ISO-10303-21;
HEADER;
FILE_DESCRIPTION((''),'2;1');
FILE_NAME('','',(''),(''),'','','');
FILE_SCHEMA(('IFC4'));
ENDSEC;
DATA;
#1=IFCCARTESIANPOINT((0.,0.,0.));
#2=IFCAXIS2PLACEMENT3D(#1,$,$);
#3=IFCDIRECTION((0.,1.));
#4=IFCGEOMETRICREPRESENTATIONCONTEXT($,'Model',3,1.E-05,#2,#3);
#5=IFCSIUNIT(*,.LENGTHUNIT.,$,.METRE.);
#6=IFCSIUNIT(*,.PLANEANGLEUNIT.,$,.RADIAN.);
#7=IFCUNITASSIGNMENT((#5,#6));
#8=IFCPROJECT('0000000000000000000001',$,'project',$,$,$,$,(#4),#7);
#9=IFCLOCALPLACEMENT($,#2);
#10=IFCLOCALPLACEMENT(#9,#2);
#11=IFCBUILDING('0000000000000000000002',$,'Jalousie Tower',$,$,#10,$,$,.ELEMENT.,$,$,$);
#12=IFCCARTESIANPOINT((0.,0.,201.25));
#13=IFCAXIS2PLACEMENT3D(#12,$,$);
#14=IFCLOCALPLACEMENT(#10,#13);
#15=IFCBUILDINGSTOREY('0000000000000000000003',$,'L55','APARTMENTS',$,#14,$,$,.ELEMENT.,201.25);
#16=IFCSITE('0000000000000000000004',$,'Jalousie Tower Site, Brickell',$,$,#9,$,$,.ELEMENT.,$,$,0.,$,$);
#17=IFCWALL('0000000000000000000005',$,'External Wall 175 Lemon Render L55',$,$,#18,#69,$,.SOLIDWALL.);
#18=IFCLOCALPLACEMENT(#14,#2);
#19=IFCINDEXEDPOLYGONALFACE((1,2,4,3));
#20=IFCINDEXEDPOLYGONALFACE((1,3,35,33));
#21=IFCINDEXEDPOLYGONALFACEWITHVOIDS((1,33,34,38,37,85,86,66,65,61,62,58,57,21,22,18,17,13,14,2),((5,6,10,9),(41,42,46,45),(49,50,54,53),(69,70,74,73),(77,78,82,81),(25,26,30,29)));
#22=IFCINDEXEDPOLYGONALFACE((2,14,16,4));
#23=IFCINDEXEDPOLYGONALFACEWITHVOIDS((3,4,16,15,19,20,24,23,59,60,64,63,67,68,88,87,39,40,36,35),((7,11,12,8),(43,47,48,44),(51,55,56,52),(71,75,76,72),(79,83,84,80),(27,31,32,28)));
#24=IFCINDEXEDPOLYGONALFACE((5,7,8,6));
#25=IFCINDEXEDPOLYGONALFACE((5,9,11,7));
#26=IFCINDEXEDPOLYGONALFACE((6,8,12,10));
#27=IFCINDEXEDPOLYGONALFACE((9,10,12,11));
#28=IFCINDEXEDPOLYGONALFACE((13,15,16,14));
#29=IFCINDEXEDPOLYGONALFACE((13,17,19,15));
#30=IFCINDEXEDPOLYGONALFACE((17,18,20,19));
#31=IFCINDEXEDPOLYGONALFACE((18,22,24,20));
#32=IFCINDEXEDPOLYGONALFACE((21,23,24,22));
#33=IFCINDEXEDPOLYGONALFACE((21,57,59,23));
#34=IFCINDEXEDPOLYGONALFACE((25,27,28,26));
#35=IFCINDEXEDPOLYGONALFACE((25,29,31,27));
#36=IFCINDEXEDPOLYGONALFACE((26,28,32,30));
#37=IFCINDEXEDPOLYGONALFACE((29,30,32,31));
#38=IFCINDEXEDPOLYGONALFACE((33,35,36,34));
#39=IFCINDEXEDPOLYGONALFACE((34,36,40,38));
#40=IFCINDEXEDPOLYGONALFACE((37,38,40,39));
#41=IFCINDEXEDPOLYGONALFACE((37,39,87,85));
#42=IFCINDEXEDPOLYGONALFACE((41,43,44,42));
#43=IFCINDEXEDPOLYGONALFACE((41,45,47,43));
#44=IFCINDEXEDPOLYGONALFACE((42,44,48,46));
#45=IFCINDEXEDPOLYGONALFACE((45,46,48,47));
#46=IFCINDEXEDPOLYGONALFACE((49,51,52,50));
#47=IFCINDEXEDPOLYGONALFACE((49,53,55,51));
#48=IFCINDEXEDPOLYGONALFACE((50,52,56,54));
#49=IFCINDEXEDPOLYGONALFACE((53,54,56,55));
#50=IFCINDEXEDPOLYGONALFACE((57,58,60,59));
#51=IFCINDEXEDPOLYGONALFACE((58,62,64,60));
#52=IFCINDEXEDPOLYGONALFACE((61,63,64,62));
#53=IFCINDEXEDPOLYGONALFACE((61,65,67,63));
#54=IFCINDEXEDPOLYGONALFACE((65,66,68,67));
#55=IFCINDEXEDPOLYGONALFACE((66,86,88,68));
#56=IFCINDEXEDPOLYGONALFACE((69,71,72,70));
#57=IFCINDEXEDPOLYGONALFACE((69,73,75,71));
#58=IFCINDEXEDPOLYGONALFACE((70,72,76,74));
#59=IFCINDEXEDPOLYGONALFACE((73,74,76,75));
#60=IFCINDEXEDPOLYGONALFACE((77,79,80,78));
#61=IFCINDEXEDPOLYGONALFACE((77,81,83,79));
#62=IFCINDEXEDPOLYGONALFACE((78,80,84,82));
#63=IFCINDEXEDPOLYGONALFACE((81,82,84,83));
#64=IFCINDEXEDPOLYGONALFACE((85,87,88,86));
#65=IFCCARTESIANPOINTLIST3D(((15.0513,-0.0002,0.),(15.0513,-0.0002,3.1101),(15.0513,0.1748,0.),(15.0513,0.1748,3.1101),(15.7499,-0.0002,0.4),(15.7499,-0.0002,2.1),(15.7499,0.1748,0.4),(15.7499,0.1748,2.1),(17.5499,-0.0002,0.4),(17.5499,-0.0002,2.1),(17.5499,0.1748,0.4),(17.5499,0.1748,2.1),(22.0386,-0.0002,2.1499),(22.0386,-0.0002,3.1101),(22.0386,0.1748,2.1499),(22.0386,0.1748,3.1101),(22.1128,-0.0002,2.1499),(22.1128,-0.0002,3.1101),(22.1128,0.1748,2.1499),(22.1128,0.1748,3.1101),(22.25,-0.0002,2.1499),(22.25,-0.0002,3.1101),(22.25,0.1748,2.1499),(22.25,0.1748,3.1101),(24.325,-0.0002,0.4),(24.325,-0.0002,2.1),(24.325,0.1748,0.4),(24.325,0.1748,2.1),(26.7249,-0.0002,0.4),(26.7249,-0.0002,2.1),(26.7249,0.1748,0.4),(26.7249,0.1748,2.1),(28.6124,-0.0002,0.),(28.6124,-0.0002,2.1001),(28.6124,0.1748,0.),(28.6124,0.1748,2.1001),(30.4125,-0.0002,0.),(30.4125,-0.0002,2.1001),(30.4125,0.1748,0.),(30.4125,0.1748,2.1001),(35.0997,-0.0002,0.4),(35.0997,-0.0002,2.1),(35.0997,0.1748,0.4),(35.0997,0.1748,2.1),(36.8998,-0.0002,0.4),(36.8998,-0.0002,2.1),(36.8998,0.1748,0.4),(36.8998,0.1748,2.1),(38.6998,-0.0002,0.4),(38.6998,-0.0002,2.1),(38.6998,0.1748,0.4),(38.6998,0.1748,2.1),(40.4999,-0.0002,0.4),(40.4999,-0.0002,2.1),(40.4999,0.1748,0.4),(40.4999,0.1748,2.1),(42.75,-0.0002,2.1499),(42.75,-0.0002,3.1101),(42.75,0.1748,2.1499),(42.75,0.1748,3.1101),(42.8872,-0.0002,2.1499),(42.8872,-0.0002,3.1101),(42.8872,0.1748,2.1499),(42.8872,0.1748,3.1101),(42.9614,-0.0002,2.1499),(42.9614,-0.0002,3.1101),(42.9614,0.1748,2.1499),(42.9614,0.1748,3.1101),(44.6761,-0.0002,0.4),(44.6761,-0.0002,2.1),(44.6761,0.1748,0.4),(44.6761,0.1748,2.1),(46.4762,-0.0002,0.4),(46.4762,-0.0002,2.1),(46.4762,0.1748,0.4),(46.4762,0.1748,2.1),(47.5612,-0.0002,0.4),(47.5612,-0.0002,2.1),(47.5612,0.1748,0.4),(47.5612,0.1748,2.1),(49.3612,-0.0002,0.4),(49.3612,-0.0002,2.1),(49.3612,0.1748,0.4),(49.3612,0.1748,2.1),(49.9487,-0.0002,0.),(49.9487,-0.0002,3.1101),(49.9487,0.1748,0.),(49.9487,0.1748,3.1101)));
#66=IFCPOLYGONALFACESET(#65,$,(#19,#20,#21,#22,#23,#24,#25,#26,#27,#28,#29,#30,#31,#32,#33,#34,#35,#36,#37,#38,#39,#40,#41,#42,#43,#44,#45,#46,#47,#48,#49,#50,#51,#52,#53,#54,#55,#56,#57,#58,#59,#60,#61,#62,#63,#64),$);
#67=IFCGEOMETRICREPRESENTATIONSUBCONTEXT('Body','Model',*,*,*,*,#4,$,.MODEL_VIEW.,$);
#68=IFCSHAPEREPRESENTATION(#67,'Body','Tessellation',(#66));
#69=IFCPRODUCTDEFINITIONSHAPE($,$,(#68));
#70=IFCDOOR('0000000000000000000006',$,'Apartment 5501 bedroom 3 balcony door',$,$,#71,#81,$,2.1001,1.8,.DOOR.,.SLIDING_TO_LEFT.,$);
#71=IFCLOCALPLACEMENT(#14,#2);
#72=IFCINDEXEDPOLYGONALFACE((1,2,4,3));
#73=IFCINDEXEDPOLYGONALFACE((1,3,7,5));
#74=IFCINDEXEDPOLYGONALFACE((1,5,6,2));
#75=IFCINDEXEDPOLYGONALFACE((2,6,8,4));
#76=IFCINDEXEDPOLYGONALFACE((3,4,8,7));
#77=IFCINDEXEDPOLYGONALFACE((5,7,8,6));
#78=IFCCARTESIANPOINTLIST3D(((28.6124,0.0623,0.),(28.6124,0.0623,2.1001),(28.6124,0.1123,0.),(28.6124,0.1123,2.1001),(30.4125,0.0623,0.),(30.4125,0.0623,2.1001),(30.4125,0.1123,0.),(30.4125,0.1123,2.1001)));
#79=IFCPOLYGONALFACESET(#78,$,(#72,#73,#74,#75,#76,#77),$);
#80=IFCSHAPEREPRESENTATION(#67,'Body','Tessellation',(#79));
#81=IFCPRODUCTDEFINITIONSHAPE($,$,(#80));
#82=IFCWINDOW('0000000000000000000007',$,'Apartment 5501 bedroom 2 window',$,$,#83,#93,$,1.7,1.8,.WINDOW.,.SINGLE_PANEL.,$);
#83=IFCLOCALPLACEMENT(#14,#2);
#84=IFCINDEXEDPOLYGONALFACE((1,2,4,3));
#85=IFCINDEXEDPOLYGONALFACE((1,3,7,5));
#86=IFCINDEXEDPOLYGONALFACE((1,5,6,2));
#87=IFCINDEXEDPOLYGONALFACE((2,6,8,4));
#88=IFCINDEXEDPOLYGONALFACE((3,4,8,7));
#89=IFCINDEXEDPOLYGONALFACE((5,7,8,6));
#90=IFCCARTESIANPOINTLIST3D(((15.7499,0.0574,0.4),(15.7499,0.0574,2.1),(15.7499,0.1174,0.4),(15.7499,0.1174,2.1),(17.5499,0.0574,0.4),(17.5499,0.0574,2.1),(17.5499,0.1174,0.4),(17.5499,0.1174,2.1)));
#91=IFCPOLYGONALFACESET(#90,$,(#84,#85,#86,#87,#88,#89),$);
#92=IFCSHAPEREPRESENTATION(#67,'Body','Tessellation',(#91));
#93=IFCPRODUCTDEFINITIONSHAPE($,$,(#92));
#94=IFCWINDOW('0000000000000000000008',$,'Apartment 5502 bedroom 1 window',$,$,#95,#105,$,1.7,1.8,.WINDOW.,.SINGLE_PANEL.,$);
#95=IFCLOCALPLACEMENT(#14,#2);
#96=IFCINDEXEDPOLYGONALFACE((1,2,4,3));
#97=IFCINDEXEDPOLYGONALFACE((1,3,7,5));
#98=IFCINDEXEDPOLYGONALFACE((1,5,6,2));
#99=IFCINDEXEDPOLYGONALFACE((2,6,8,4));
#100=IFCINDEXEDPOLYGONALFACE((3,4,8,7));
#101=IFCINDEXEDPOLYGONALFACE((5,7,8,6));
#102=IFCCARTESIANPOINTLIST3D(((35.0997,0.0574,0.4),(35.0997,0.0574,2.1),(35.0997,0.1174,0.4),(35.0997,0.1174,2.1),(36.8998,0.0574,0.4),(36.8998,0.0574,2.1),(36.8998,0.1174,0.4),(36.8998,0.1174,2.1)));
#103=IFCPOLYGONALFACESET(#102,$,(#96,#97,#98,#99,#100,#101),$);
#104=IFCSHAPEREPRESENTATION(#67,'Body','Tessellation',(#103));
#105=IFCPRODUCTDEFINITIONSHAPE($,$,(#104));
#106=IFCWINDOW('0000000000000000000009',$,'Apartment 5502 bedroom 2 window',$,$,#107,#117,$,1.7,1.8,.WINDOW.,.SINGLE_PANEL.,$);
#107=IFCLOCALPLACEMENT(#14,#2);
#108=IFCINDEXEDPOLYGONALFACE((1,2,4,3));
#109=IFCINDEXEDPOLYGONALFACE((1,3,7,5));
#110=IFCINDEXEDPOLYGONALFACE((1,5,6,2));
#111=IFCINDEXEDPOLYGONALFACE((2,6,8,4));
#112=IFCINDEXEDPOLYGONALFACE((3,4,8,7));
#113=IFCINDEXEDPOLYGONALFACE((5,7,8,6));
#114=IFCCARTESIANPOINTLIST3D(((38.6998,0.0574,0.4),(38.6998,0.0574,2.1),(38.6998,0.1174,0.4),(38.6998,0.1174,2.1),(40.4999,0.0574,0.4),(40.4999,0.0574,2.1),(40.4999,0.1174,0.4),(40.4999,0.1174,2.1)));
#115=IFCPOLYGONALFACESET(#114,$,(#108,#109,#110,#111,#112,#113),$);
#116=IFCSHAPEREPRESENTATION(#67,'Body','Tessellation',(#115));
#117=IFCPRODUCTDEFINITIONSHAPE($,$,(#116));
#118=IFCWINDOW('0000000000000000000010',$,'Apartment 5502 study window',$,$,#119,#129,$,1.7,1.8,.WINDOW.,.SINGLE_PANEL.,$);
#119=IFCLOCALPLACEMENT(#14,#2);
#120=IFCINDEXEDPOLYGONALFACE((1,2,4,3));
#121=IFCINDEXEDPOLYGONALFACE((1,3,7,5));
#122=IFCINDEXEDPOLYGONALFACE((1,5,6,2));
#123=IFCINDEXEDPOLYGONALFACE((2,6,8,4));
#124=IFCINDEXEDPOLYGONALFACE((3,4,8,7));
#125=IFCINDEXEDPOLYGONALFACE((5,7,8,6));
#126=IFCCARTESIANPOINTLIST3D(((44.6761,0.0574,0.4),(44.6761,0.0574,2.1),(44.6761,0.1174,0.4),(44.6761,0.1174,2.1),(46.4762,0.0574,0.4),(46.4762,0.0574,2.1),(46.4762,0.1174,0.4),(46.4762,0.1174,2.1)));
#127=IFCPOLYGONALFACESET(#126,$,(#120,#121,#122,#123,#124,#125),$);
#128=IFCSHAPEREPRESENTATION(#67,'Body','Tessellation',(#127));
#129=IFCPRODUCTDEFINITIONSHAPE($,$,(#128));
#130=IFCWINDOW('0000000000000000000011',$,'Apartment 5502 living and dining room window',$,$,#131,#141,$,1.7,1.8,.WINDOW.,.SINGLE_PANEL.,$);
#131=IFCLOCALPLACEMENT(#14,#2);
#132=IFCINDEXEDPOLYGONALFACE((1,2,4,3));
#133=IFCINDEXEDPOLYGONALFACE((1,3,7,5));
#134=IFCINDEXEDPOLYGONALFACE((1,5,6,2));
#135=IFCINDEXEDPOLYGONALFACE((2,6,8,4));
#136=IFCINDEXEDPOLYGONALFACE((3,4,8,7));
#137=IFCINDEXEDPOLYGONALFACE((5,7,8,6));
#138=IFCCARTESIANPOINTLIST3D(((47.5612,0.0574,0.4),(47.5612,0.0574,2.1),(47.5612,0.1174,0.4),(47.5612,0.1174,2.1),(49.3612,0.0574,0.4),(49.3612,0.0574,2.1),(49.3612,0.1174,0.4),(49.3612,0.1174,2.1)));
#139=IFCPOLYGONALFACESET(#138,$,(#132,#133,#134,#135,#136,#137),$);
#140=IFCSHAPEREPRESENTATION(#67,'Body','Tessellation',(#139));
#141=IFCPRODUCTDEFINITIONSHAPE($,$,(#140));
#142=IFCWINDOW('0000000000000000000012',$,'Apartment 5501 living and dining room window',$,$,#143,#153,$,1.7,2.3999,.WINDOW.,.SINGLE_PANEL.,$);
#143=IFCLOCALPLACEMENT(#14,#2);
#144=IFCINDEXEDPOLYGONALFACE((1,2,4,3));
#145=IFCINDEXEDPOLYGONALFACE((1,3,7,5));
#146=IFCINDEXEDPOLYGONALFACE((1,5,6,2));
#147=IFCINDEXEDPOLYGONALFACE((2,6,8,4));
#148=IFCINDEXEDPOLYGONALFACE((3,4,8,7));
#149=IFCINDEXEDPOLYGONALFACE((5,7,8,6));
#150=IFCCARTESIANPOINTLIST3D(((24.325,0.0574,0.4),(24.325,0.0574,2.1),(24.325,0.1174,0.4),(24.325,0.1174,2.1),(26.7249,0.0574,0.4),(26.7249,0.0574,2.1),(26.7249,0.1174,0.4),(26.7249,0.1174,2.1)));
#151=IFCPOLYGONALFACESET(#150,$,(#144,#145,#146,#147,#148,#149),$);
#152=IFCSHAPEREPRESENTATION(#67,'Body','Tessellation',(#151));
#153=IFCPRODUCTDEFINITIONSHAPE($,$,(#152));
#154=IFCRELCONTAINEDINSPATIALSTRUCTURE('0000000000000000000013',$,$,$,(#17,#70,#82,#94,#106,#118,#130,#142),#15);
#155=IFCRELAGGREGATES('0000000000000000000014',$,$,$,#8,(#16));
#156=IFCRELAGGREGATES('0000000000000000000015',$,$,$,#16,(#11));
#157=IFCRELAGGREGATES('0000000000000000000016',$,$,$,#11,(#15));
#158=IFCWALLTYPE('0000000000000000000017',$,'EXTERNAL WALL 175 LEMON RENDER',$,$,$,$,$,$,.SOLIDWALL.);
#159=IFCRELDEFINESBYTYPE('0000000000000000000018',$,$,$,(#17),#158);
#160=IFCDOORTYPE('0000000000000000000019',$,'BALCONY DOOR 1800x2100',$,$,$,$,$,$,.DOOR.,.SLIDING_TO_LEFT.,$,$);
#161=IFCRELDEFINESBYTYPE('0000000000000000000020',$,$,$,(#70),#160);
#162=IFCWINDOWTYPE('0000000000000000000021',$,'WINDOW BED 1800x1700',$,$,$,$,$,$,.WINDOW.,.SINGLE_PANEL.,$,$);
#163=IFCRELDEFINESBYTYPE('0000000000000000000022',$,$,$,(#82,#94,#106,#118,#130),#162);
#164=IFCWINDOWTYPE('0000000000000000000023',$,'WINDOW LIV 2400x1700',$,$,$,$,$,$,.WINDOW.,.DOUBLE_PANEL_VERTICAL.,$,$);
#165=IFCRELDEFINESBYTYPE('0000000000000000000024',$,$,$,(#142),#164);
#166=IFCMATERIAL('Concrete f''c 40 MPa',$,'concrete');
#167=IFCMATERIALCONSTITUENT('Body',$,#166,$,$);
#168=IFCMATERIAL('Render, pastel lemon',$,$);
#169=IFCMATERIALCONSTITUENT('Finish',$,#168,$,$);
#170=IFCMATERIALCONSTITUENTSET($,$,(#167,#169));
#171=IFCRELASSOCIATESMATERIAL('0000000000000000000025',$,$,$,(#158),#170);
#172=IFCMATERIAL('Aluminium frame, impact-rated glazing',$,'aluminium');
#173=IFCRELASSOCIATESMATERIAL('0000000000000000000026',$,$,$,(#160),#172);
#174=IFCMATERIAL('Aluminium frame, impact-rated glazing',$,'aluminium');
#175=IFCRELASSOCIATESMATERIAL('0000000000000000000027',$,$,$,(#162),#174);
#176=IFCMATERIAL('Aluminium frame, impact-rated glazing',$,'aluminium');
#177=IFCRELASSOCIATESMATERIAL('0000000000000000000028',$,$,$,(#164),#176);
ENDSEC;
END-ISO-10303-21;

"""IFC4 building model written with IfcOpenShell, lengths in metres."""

from ifc_helpers import new_model, si_unit, direction, frame, frame_2d, origin, place, context, subcontext, project, spatial, polyline, rectangle, outline, extrude, material, constituent, constituent_set, type_object, element, fill, save


model = new_model("IFC4")

# Units and contexts
model_context = context("Model", 3, precision=1e-05, world=origin(), true_north=direction((0.0, 1.0)))
body_context = subcontext(model_context, "Body", "Model", "MODEL_VIEW")
ifc_project = project(units=[si_unit("LENGTHUNIT", "METRE"), si_unit("PLANEANGLEUNIT", "RADIAN")], contexts=[model_context])

# Site, building, storey
site_placement = place(None, origin())
site = spatial("IfcSite", under=ifc_project, at=site_placement, Name="Jalousie Tower Site, Brickell", CompositionType="ELEMENT", RefElevation=0.0)
building_placement = place(site_placement, origin())
building = spatial("IfcBuilding", under=site, at=building_placement, Name="Jalousie Tower", CompositionType="ELEMENT")
storey_placement = place(building_placement, frame((0.0, 0.0, 201.25)))
storey = spatial("IfcBuildingStorey", under=building, at=storey_placement, Name="L55", Description="APARTMENTS", CompositionType="ELEMENT", Elevation=201.25)

# Wall, openings, door, windows
ifc_material_1 = material(Name="Concrete f'c 40 MPa", Category="concrete")
ifc_constituent_1 = constituent(ifc_material_1, Name="Body")
ifc_material_2 = material(Name="Render, pastel lemon")
ifc_constituent_2 = constituent(ifc_material_2, Name="Finish")
ifc_constituent_set_1 = constituent_set(constituents=[ifc_constituent_1, ifc_constituent_2])
wall_type_1 = type_object("IfcWallType", Name="EXTERNAL WALL 175 LEMON RENDER", PredefinedType="SOLIDWALL", material=ifc_constituent_set_1)
wall_1_placement = place(storey_placement, frame((15.0513, 0.0874, 0.0), z_axis=(0.0, 0.0, 1.0), x_axis=(1.0, 0.0, 0.0)))
wall_1 = element("IfcWall", 1, at=wall_1_placement, inside=storey, type_object=wall_type_1, Name="External Wall 175 Lemon Render L55", PredefinedType="SOLIDWALL", context=body_context, shape_type="SweptSolid", body=[
    extrude(outline(polyline([(0.0, 0.0), (34.8975, 0.0), (34.8975, 3.1101), (27.9102, 3.1101), (27.9102, 2.1499), (27.8359, 2.1499), (27.8359, 3.1101), (27.6987, 3.1101), (27.6987, 2.1499), (7.1987, 2.1499), (7.1987, 3.1101), (7.0615, 3.1101), (7.0615, 2.1499), (6.9873, 2.1499), (6.9873, 3.1101), (0.0, 3.1101), (0.0, 0.0)])), frame((0.0, 0.0874, 0.0), z_axis=(0.0, -1.0, 0.0), x_axis=(1.0, 0.0, 0.0)), (0.0, 0.0, 1.0), 0.175),
])
opening_1_placement = place(wall_1_placement, frame((0.6987, 0.0, 0.3999)))
opening_1 = element("IfcOpeningElement", 2, at=opening_1_placement, cuts=wall_1, PredefinedType="OPENING", context=body_context, shape_type="SweptSolid", body=[
    extrude(rectangle(XDim=1.8, YDim=1.7, at=frame_2d((0.8999, 0.8501))), frame((0.0, 0.0974, 0.0), z_axis=(0.0, -1.0, 0.0), x_axis=(1.0, 0.0, 0.0)), (0.0, 0.0, 1.0), 0.1951),
])
opening_2_placement = place(wall_1_placement, frame((9.2737, 0.0, 0.3999)))
opening_2 = element("IfcOpeningElement", 3, at=opening_2_placement, cuts=wall_1, PredefinedType="OPENING", context=body_context, shape_type="SweptSolid", body=[
    extrude(rectangle(XDim=2.3999, YDim=1.7, at=frame_2d((1.2, 0.8501))), frame((0.0, 0.0974, 0.0), z_axis=(0.0, -1.0, 0.0), x_axis=(1.0, 0.0, 0.0)), (0.0, 0.0, 1.0), 0.1951),
])
opening_3_placement = place(wall_1_placement, frame((13.5613, 0.0, 0.0)))
opening_3 = element("IfcOpeningElement", 4, at=opening_3_placement, cuts=wall_1, PredefinedType="OPENING", context=body_context, shape_type="SweptSolid", body=[
    extrude(rectangle(XDim=1.8, YDim=2.1001, at=frame_2d((0.8999, 1.05))), frame((0.0, 0.0974, 0.0), z_axis=(0.0, -1.0, 0.0), x_axis=(1.0, 0.0, 0.0)), (0.0, 0.0, 1.0), 0.1951),
])
opening_4_placement = place(wall_1_placement, frame((20.0486, 0.0, 0.3999)))
opening_4 = element("IfcOpeningElement", 5, at=opening_4_placement, cuts=wall_1, PredefinedType="OPENING", context=body_context, shape_type="SweptSolid", body=[
    extrude(rectangle(XDim=1.8, YDim=1.7, at=frame_2d((0.8999, 0.8501))), frame((0.0, 0.0974, 0.0), z_axis=(0.0, -1.0, 0.0), x_axis=(1.0, 0.0, 0.0)), (0.0, 0.0, 1.0), 0.1951),
])
opening_5_placement = place(wall_1_placement, frame((23.6487, 0.0, 0.3999)))
opening_5 = element("IfcOpeningElement", 6, at=opening_5_placement, cuts=wall_1, PredefinedType="OPENING", context=body_context, shape_type="SweptSolid", body=[
    extrude(rectangle(XDim=1.8, YDim=1.7, at=frame_2d((0.8999, 0.8501))), frame((0.0, 0.0974, 0.0), z_axis=(0.0, -1.0, 0.0), x_axis=(1.0, 0.0, 0.0)), (0.0, 0.0, 1.0), 0.1951),
])
opening_6_placement = place(wall_1_placement, frame((29.625, 0.0, 0.3999)))
opening_6 = element("IfcOpeningElement", 7, at=opening_6_placement, cuts=wall_1, PredefinedType="OPENING", context=body_context, shape_type="SweptSolid", body=[
    extrude(rectangle(XDim=1.8, YDim=1.7, at=frame_2d((0.8999, 0.8501))), frame((0.0, 0.0974, 0.0), z_axis=(0.0, -1.0, 0.0), x_axis=(1.0, 0.0, 0.0)), (0.0, 0.0, 1.0), 0.1951),
])
opening_7_placement = place(wall_1_placement, frame((32.51, 0.0, 0.3999)))
opening_7 = element("IfcOpeningElement", 8, at=opening_7_placement, cuts=wall_1, PredefinedType="OPENING", context=body_context, shape_type="SweptSolid", body=[
    extrude(rectangle(XDim=1.8, YDim=1.7, at=frame_2d((0.8999, 0.8501))), frame((0.0, 0.0974, 0.0), z_axis=(0.0, -1.0, 0.0), x_axis=(1.0, 0.0, 0.0)), (0.0, 0.0, 1.0), 0.1951),
])
ifc_material_3 = material(Name="Aluminium frame, impact-rated glazing", Category="aluminium")
door_type_1 = type_object("IfcDoorType", Name="BALCONY DOOR 1800x2100", OperationType="SLIDING_TO_LEFT", PredefinedType="DOOR", material=ifc_material_3)
door_1_placement = place(opening_3_placement, origin())
door_1 = element("IfcDoor", 9, at=door_1_placement, inside=storey, type_object=door_type_1, Name="Apartment 5501 bedroom 3 balcony door", OperationType="SLIDING_TO_LEFT", OverallHeight=2.1001, OverallWidth=1.8, PredefinedType="DOOR", context=body_context, shape_type="SweptSolid", body=[
    extrude(rectangle(XDim=1.8, YDim=2.1001, at=frame_2d((0.8999, 1.05))), frame((0.0, 0.0249, 0.0), z_axis=(0.0, -1.0, 0.0), x_axis=(1.0, 0.0, 0.0)), (0.0, 0.0, 1.0), 0.05),
])
fill(opening_3, door_1)
ifc_material_4 = material(Name="Aluminium frame, impact-rated glazing", Category="aluminium")
window_type_1 = type_object("IfcWindowType", Name="WINDOW BED 1800x1700", PartitioningType="SINGLE_PANEL", PredefinedType="WINDOW", material=ifc_material_4)
window_1_placement = place(opening_1_placement, origin())
window_1 = element("IfcWindow", 10, at=window_1_placement, inside=storey, type_object=window_type_1, Name="Apartment 5501 bedroom 2 window", OverallHeight=1.7, OverallWidth=1.8, PartitioningType="SINGLE_PANEL", PredefinedType="WINDOW", context=body_context, shape_type="SweptSolid", body=[
    extrude(rectangle(XDim=1.8, YDim=1.7, at=frame_2d((0.8999, 0.8501))), frame((0.0, 0.03, 0.0), z_axis=(0.0, -1.0, 0.0), x_axis=(1.0, 0.0, 0.0)), (0.0, 0.0, 1.0), 0.0601),
])
fill(opening_1, window_1)
window_2_placement = place(opening_4_placement, origin())
window_2 = element("IfcWindow", 11, at=window_2_placement, inside=storey, type_object=window_type_1, Name="Apartment 5502 bedroom 1 window", OverallHeight=1.7, OverallWidth=1.8, PartitioningType="SINGLE_PANEL", PredefinedType="WINDOW", context=body_context, shape_type="SweptSolid", body=[
    extrude(rectangle(XDim=1.8, YDim=1.7, at=frame_2d((0.8999, 0.8501))), frame((0.0, 0.03, 0.0), z_axis=(0.0, -1.0, 0.0), x_axis=(1.0, 0.0, 0.0)), (0.0, 0.0, 1.0), 0.0601),
])
fill(opening_4, window_2)
window_3_placement = place(opening_5_placement, origin())
window_3 = element("IfcWindow", 12, at=window_3_placement, inside=storey, type_object=window_type_1, Name="Apartment 5502 bedroom 2 window", OverallHeight=1.7, OverallWidth=1.8, PartitioningType="SINGLE_PANEL", PredefinedType="WINDOW", context=body_context, shape_type="SweptSolid", body=[
    extrude(rectangle(XDim=1.8, YDim=1.7, at=frame_2d((0.8999, 0.8501))), frame((0.0, 0.03, 0.0), z_axis=(0.0, -1.0, 0.0), x_axis=(1.0, 0.0, 0.0)), (0.0, 0.0, 1.0), 0.0601),
])
fill(opening_5, window_3)
window_4_placement = place(opening_6_placement, origin())
window_4 = element("IfcWindow", 13, at=window_4_placement, inside=storey, type_object=window_type_1, Name="Apartment 5502 study window", OverallHeight=1.7, OverallWidth=1.8, PartitioningType="SINGLE_PANEL", PredefinedType="WINDOW", context=body_context, shape_type="SweptSolid", body=[
    extrude(rectangle(XDim=1.8, YDim=1.7, at=frame_2d((0.8999, 0.8501))), frame((0.0, 0.03, 0.0), z_axis=(0.0, -1.0, 0.0), x_axis=(1.0, 0.0, 0.0)), (0.0, 0.0, 1.0), 0.0601),
])
fill(opening_6, window_4)
window_5_placement = place(opening_7_placement, origin())
window_5 = element("IfcWindow", 14, at=window_5_placement, inside=storey, type_object=window_type_1, Name="Apartment 5502 living and dining room window", OverallHeight=1.7, OverallWidth=1.8, PartitioningType="SINGLE_PANEL", PredefinedType="WINDOW", context=body_context, shape_type="SweptSolid", body=[
    extrude(rectangle(XDim=1.8, YDim=1.7, at=frame_2d((0.8999, 0.8501))), frame((0.0, 0.03, 0.0), z_axis=(0.0, -1.0, 0.0), x_axis=(1.0, 0.0, 0.0)), (0.0, 0.0, 1.0), 0.0601),
])
fill(opening_7, window_5)
ifc_material_5 = material(Name="Aluminium frame, impact-rated glazing", Category="aluminium")
window_type_2 = type_object("IfcWindowType", Name="WINDOW LIV 2400x1700", PartitioningType="DOUBLE_PANEL_VERTICAL", PredefinedType="WINDOW", material=ifc_material_5)
window_6_placement = place(opening_2_placement, origin())
window_6 = element("IfcWindow", 15, at=window_6_placement, inside=storey, type_object=window_type_2, Name="Apartment 5501 living and dining room window", OverallHeight=1.7, OverallWidth=2.3999, PartitioningType="SINGLE_PANEL", PredefinedType="WINDOW", context=body_context, shape_type="SweptSolid", body=[
    extrude(rectangle(XDim=2.3999, YDim=1.7, at=frame_2d((1.2, 0.8501))), frame((0.0, 0.03, 0.0), z_axis=(0.0, -1.0, 0.0), x_axis=(1.0, 0.0, 0.0)), (0.0, 0.0, 1.0), 0.0601),
])
fill(opening_2, window_6)

save(model, "model.ifc")
